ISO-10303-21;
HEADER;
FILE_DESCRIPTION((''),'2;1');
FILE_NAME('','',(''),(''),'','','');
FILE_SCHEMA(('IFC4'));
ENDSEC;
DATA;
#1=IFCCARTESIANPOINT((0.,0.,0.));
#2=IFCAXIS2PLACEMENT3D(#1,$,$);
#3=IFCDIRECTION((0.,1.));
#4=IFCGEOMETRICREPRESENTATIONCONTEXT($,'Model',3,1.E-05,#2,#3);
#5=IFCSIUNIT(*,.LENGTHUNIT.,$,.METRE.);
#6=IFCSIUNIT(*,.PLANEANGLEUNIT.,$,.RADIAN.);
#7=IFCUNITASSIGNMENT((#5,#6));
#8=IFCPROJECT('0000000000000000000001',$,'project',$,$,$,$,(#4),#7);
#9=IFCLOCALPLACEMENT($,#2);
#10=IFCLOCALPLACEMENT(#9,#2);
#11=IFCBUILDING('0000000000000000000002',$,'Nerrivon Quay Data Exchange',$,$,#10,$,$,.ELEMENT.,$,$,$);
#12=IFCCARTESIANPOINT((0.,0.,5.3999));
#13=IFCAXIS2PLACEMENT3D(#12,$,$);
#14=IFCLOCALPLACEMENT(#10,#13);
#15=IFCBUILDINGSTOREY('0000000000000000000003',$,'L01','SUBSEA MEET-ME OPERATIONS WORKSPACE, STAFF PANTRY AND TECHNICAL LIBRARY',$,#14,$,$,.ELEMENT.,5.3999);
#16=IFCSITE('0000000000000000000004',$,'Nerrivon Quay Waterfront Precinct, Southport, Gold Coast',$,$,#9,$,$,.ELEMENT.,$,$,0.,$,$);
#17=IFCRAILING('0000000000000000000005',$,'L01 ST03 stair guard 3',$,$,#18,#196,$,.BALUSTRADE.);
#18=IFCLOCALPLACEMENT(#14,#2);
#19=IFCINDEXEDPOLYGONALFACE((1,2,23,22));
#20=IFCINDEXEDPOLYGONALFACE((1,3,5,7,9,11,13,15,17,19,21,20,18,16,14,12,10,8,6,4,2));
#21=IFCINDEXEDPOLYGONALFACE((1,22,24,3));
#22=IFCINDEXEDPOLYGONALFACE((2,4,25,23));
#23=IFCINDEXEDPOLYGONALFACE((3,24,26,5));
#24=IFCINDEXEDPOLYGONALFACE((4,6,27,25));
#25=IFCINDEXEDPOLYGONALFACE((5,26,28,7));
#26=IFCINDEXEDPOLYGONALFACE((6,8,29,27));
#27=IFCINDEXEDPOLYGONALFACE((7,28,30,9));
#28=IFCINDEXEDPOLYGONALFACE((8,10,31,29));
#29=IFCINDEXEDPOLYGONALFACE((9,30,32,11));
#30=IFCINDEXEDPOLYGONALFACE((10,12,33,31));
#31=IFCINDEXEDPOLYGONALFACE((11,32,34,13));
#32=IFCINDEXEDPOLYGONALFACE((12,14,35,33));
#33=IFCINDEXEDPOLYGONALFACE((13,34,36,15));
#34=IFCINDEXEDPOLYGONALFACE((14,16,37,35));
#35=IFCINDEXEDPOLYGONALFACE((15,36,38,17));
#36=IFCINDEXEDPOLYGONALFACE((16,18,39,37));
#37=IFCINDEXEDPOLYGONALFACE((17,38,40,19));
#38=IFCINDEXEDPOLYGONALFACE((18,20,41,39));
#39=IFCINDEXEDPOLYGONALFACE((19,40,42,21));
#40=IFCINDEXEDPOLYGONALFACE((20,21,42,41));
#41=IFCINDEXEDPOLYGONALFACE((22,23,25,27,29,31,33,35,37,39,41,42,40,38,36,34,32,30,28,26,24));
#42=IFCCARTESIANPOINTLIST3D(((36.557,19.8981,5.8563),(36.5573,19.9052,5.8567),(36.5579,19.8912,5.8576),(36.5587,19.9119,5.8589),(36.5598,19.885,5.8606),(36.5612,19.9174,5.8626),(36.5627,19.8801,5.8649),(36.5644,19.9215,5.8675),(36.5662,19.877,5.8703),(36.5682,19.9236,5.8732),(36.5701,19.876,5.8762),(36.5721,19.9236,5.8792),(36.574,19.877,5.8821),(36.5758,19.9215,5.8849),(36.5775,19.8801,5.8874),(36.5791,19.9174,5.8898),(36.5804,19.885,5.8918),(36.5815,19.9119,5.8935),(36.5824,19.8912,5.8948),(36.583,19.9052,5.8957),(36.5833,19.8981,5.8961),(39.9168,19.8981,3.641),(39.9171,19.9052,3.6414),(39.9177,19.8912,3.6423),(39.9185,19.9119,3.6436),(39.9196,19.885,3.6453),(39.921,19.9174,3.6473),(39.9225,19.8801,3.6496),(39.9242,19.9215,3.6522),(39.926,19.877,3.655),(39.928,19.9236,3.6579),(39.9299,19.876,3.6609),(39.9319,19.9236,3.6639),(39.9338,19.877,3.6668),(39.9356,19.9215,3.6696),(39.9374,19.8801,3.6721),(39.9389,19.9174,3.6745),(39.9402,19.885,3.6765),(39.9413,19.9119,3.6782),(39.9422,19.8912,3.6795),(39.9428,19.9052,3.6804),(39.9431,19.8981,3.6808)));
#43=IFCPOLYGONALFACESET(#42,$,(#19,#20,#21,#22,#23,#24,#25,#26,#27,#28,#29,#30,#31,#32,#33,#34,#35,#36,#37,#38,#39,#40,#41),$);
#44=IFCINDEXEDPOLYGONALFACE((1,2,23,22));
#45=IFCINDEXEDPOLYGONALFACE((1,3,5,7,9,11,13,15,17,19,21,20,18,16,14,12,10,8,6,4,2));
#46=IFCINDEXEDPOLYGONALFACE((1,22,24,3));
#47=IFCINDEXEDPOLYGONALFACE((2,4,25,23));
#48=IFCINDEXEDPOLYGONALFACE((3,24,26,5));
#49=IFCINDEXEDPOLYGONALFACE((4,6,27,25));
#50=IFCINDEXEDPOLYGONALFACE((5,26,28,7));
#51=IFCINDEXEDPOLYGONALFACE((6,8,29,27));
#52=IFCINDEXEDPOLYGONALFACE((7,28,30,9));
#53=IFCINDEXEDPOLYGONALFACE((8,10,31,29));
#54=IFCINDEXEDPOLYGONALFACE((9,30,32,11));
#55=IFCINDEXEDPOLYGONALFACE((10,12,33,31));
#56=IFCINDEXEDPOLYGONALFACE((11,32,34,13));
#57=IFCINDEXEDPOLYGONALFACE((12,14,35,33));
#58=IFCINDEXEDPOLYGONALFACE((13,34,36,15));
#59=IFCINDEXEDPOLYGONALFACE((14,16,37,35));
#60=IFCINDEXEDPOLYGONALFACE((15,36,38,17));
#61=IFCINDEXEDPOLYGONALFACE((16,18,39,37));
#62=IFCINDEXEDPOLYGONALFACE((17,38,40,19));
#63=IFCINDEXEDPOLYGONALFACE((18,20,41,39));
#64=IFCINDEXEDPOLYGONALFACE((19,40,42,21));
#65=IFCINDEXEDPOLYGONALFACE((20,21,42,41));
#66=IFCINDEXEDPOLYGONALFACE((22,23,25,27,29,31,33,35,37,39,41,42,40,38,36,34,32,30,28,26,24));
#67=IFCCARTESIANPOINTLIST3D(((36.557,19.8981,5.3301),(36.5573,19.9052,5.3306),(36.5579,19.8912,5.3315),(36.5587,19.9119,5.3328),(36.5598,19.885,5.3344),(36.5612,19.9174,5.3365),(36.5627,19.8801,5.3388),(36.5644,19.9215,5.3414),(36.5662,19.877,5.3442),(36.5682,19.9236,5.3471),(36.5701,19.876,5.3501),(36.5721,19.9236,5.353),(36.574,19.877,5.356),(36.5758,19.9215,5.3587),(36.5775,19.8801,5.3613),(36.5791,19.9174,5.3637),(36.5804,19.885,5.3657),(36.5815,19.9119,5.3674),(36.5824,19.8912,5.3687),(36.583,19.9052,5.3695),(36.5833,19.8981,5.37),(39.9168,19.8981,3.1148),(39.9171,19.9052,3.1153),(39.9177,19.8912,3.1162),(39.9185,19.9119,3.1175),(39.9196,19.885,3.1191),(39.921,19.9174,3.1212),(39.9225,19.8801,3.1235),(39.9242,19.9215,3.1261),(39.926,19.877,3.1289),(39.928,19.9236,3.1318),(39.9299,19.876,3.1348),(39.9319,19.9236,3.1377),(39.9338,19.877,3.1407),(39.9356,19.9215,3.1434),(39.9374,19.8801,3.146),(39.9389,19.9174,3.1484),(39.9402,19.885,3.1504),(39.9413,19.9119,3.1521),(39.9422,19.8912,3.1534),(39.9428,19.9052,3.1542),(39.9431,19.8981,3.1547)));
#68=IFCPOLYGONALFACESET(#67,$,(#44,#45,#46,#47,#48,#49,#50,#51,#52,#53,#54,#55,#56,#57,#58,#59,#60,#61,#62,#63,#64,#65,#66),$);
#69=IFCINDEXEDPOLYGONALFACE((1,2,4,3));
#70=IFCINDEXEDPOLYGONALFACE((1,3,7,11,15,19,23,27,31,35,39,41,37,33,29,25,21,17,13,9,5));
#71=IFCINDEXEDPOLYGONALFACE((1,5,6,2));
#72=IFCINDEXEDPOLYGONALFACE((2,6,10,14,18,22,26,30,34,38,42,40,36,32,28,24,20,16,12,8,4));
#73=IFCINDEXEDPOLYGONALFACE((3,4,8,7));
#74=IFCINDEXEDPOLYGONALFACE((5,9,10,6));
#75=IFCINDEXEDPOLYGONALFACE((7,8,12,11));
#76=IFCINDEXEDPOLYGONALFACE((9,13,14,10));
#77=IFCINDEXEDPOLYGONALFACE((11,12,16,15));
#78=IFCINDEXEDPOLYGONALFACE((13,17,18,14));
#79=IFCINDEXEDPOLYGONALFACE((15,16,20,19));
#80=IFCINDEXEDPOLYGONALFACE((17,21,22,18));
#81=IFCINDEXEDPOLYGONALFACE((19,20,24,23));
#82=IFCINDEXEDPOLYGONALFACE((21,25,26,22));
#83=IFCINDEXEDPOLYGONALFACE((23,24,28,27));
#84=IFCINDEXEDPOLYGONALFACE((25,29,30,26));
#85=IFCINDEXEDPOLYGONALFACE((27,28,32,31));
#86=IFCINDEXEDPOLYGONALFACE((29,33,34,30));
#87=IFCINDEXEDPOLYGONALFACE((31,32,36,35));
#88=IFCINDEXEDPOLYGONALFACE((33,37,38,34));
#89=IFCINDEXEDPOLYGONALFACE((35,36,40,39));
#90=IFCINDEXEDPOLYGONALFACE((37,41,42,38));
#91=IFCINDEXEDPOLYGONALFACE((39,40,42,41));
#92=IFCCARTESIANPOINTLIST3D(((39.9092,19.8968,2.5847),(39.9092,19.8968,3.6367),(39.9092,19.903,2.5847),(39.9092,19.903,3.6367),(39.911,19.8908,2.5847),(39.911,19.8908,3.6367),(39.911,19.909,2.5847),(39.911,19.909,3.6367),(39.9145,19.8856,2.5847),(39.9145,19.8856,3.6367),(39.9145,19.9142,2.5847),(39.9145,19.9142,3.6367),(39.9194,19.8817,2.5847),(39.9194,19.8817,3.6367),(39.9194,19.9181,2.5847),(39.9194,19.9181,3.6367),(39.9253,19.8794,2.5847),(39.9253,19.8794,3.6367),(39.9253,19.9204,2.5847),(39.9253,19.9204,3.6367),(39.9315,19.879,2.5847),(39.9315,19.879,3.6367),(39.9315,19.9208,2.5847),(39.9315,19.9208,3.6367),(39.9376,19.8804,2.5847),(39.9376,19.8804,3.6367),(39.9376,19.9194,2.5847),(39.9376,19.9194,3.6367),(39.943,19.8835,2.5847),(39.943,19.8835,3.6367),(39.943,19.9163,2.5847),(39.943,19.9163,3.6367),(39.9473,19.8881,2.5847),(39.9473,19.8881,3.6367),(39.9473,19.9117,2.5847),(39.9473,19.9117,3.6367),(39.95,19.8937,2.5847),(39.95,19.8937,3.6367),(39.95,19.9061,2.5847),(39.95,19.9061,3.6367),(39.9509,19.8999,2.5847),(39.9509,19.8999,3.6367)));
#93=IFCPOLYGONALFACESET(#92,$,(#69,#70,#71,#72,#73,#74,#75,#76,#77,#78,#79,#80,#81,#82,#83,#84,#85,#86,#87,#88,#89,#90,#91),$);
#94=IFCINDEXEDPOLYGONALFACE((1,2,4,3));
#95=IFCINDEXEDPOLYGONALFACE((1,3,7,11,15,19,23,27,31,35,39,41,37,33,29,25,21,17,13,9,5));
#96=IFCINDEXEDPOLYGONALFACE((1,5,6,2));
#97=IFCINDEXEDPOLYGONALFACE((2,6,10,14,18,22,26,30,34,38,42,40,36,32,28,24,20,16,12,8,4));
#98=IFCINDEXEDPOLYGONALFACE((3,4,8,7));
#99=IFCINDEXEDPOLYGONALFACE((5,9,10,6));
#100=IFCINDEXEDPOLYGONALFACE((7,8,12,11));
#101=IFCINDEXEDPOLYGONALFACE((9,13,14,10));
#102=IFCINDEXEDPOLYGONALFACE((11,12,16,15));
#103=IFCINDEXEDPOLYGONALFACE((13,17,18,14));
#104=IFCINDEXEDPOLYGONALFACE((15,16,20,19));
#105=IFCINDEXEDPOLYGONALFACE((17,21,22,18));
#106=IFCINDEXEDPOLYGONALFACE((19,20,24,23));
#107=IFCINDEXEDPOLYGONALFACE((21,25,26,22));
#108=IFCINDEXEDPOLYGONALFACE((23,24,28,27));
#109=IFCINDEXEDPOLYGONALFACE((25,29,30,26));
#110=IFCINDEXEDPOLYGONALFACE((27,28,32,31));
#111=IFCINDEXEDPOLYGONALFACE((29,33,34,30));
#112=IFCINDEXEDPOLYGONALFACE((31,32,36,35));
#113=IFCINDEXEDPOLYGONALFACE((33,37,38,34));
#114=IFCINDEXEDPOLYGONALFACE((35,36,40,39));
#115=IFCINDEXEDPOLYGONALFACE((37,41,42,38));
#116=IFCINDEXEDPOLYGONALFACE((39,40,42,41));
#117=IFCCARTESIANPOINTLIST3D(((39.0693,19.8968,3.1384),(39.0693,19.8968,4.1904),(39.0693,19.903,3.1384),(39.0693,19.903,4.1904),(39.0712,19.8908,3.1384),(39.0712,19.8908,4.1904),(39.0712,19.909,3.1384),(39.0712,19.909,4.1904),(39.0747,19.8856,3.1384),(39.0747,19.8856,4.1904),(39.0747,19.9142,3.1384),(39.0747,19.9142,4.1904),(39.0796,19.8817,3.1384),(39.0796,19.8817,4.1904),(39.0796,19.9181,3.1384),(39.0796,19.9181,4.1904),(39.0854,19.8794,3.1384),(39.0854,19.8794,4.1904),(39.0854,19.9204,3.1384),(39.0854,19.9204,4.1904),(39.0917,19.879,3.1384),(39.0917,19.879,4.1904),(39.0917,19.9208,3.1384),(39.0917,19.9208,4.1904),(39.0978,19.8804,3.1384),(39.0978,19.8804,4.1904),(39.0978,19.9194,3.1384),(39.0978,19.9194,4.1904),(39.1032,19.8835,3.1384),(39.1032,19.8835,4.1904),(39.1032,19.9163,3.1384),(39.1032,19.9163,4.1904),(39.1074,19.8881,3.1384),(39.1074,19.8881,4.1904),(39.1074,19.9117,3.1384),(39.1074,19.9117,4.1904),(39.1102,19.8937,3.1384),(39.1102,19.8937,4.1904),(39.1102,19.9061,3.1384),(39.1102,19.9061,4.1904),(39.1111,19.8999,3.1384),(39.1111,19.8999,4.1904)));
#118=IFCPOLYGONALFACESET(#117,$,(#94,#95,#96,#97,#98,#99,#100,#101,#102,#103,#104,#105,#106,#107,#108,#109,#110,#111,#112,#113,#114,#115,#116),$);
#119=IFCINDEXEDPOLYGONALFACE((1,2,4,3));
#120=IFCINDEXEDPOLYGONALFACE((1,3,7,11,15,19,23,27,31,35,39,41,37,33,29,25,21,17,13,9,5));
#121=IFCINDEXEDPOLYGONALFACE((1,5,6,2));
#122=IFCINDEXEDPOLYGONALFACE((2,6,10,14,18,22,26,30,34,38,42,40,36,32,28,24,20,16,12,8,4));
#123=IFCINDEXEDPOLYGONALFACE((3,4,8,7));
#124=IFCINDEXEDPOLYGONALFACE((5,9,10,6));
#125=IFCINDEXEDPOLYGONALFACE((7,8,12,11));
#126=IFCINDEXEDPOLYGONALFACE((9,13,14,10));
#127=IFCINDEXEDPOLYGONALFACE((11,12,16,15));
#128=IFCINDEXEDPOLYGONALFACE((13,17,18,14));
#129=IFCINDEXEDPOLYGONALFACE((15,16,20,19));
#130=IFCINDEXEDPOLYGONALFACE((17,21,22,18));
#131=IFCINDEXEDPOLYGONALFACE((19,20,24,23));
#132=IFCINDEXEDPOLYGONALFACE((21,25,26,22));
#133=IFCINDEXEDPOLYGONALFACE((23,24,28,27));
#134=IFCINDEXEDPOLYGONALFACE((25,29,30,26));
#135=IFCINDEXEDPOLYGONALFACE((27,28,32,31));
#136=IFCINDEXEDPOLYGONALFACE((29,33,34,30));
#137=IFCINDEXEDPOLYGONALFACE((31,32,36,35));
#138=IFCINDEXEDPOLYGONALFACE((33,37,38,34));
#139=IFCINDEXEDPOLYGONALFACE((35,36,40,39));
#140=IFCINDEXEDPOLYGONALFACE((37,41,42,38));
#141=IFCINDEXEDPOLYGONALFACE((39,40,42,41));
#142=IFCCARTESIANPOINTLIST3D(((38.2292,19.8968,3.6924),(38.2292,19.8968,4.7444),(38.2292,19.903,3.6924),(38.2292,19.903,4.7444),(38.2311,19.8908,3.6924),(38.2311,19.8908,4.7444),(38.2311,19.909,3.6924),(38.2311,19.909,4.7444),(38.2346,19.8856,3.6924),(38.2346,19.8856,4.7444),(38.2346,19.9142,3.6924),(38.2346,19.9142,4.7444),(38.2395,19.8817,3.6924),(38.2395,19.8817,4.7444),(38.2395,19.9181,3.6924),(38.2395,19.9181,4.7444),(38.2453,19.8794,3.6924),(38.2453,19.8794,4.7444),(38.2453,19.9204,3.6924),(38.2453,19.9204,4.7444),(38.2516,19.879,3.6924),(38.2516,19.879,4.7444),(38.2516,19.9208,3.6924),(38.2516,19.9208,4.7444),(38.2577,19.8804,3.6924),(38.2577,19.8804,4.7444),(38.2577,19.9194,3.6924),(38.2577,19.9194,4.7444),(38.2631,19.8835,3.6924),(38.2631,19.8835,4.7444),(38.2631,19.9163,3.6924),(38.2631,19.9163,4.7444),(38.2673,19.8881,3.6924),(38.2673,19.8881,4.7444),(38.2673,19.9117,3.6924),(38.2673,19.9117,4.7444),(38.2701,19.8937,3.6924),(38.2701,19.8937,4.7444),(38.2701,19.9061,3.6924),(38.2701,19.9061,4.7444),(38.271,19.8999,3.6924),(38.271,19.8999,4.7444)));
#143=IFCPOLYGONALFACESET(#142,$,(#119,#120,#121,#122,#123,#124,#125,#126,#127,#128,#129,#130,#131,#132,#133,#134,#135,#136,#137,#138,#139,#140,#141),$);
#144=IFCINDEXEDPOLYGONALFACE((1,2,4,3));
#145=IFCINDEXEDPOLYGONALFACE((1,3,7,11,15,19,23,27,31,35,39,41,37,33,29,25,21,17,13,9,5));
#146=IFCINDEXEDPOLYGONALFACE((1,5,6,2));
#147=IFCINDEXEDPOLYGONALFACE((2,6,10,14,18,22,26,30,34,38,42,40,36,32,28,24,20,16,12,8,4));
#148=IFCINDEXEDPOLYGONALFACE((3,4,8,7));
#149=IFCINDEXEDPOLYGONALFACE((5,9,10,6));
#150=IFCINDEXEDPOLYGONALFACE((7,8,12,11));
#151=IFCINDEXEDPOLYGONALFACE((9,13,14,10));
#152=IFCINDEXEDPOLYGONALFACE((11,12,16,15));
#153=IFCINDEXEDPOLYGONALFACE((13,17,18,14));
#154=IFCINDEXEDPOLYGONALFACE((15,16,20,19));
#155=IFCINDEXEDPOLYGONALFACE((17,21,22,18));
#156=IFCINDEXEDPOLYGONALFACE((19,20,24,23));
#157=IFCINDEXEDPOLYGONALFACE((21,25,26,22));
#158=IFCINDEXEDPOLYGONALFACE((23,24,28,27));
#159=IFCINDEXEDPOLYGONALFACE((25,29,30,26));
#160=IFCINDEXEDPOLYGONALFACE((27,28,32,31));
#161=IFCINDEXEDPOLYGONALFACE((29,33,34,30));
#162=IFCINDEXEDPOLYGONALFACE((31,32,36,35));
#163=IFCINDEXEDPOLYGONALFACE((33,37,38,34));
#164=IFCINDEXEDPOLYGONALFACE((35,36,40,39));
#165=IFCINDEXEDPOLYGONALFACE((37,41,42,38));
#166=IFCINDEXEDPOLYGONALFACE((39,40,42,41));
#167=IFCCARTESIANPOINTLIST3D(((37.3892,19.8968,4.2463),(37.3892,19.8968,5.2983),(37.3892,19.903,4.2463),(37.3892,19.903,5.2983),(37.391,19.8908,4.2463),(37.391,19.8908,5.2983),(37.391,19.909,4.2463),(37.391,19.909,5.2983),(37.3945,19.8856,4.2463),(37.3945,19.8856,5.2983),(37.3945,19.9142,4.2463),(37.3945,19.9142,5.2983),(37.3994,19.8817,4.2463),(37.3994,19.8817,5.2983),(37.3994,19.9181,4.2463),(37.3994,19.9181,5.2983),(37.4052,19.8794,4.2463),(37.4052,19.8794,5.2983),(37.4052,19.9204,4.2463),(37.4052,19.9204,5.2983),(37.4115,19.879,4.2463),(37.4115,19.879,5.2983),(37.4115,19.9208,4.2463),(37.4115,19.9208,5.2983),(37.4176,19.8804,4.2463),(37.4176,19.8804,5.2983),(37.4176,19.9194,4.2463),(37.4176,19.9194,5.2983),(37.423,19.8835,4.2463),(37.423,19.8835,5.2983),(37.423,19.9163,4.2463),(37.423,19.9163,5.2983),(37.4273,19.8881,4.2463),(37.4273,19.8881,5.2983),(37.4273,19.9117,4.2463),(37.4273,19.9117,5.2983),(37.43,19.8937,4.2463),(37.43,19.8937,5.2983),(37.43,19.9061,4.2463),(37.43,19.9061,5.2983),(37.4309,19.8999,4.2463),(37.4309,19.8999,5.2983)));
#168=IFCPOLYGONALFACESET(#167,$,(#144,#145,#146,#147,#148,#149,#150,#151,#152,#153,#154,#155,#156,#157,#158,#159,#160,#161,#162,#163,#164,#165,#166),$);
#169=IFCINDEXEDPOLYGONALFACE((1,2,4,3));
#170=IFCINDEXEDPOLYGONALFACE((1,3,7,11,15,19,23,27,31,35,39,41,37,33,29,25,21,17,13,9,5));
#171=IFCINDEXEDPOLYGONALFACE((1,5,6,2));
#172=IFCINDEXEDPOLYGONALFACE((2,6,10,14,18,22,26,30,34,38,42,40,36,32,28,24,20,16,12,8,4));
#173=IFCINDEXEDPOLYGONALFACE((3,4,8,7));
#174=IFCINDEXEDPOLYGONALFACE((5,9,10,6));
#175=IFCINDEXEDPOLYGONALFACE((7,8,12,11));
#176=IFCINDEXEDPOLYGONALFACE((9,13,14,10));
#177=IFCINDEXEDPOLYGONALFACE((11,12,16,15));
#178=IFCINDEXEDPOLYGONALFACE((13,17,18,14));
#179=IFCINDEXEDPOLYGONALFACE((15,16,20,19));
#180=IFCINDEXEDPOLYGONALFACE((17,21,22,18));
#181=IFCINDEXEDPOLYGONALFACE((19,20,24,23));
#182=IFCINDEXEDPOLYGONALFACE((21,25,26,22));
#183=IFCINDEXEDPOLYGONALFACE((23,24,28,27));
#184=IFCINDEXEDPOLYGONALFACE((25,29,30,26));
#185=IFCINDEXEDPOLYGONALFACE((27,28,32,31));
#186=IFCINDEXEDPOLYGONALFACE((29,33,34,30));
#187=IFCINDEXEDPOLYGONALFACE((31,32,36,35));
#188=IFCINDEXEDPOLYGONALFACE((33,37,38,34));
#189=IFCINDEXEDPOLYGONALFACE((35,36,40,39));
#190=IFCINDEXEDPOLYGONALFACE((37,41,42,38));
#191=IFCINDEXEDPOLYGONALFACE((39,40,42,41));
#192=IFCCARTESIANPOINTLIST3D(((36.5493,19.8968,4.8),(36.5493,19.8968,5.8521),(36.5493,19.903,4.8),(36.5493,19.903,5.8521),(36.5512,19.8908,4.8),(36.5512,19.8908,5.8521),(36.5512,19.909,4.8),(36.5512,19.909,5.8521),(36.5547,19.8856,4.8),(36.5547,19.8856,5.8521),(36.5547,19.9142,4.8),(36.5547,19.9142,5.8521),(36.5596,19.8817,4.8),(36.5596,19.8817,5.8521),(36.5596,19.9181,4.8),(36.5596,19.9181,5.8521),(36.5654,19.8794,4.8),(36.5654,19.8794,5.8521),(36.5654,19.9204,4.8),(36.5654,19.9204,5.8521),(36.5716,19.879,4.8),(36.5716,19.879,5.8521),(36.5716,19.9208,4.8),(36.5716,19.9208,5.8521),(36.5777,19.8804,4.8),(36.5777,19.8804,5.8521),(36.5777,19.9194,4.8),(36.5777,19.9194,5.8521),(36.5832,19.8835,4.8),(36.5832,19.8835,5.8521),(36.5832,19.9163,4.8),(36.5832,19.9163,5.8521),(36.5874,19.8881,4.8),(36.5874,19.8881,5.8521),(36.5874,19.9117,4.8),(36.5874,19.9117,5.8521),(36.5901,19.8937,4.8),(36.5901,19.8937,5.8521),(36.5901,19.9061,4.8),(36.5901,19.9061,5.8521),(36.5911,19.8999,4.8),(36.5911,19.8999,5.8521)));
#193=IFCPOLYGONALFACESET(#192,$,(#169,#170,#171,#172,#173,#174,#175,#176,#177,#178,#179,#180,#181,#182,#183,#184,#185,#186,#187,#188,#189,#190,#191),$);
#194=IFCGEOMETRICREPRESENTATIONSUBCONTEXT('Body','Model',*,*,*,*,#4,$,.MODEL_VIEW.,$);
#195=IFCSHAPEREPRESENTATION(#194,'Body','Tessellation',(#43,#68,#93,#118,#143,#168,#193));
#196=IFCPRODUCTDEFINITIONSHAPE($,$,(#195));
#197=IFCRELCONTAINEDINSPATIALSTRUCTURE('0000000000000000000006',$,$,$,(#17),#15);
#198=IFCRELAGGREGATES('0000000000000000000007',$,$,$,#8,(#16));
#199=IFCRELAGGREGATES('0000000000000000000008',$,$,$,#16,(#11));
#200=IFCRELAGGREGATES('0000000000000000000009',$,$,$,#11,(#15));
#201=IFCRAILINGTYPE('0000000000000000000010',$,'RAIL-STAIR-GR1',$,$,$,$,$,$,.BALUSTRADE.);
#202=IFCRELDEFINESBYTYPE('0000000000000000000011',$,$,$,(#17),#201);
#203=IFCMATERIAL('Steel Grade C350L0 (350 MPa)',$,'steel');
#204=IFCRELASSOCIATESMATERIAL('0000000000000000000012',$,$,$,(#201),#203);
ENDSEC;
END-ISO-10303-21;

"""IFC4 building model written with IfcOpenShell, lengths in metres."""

from ifc_helpers import new_model, si_unit, direction, frame, origin, origin_2d, place, context, subcontext, project, spatial, circle, extrude, material, type_object, element, save


model = new_model("IFC4")

# Units and contexts
model_context = context("Model", 3, precision=1e-05, world=origin(), true_north=direction((0.0, 1.0)))
body_context = subcontext(model_context, "Body", "Model", "MODEL_VIEW")
ifc_project = project(units=[si_unit("LENGTHUNIT", "METRE"), si_unit("PLANEANGLEUNIT", "RADIAN")], contexts=[model_context])

# Site, building, storey
site_placement = place(None, origin())
site = spatial("IfcSite", under=ifc_project, at=site_placement, Name="Nerrivon Quay Waterfront Precinct, Southport, Gold Coast", CompositionType="ELEMENT", RefElevation=0.0)
building_placement = place(site_placement, origin())
building = spatial("IfcBuilding", under=site, at=building_placement, Name="Nerrivon Quay Data Exchange", CompositionType="ELEMENT")
storey_placement = place(building_placement, frame((0.0, 0.0, 5.3999)))
storey = spatial("IfcBuildingStorey", under=building, at=storey_placement, Name="L01", Description="SUBSEA MEET-ME OPERATIONS WORKSPACE, STAFF PANTRY AND TECHNICAL LIBRARY", CompositionType="ELEMENT", Elevation=5.3999)

# Railing
ifc_material_1 = material(Name="Steel Grade C350L0 (350 MPa)", Category="steel")
railing_type_1 = type_object("IfcRailingType", Name="RAIL-STAIR-GR1", PredefinedType="BALUSTRADE", material=ifc_material_1)
railing_1_placement = place(storey_placement, frame((39.9299, 19.8999, 2.5847)))
element("IfcRailing", 1, at=railing_1_placement, inside=storey, type_object=railing_type_1, Name="L01 ST03 stair guard 3", PredefinedType="BALUSTRADE", context=body_context, shape_type="SweptSolid", body=[
    extrude(circle(Radius=0.0239, at=origin_2d()), frame((0.0, 0.0, 1.0762), z_axis=(-0.834858, 0.0, 0.550465), x_axis=(0.0, -1.0, 0.0)), (0.0, 0.0, 1.0), 4.0244),
    extrude(circle(Radius=0.0239, at=origin_2d()), frame((0.0, 0.0, 0.55), z_axis=(-0.834858, 0.0, 0.550465), x_axis=(0.0, -1.0, 0.0)), (0.0, 0.0, 1.0), 4.0244),
    extrude(circle(Radius=0.021, at=origin_2d()), origin(), (0.0, 0.0, 1.0), 1.052),
    extrude(circle(Radius=0.021, at=origin_2d()), frame((-0.8398, 0.0, 0.5537)), (0.0, 0.0, 1.0), 1.052),
    extrude(circle(Radius=0.021, at=origin_2d()), frame((-1.6799, 0.0, 1.1077)), (0.0, 0.0, 1.0), 1.052),
    extrude(circle(Radius=0.021, at=origin_2d()), frame((-2.52, 0.0, 1.6616)), (0.0, 0.0, 1.0), 1.052),
    extrude(circle(Radius=0.021, at=origin_2d()), frame((-3.3599, 0.0, 2.2153)), (0.0, 0.0, 1.0), 1.052),
])

save(model, "model.ifc")
